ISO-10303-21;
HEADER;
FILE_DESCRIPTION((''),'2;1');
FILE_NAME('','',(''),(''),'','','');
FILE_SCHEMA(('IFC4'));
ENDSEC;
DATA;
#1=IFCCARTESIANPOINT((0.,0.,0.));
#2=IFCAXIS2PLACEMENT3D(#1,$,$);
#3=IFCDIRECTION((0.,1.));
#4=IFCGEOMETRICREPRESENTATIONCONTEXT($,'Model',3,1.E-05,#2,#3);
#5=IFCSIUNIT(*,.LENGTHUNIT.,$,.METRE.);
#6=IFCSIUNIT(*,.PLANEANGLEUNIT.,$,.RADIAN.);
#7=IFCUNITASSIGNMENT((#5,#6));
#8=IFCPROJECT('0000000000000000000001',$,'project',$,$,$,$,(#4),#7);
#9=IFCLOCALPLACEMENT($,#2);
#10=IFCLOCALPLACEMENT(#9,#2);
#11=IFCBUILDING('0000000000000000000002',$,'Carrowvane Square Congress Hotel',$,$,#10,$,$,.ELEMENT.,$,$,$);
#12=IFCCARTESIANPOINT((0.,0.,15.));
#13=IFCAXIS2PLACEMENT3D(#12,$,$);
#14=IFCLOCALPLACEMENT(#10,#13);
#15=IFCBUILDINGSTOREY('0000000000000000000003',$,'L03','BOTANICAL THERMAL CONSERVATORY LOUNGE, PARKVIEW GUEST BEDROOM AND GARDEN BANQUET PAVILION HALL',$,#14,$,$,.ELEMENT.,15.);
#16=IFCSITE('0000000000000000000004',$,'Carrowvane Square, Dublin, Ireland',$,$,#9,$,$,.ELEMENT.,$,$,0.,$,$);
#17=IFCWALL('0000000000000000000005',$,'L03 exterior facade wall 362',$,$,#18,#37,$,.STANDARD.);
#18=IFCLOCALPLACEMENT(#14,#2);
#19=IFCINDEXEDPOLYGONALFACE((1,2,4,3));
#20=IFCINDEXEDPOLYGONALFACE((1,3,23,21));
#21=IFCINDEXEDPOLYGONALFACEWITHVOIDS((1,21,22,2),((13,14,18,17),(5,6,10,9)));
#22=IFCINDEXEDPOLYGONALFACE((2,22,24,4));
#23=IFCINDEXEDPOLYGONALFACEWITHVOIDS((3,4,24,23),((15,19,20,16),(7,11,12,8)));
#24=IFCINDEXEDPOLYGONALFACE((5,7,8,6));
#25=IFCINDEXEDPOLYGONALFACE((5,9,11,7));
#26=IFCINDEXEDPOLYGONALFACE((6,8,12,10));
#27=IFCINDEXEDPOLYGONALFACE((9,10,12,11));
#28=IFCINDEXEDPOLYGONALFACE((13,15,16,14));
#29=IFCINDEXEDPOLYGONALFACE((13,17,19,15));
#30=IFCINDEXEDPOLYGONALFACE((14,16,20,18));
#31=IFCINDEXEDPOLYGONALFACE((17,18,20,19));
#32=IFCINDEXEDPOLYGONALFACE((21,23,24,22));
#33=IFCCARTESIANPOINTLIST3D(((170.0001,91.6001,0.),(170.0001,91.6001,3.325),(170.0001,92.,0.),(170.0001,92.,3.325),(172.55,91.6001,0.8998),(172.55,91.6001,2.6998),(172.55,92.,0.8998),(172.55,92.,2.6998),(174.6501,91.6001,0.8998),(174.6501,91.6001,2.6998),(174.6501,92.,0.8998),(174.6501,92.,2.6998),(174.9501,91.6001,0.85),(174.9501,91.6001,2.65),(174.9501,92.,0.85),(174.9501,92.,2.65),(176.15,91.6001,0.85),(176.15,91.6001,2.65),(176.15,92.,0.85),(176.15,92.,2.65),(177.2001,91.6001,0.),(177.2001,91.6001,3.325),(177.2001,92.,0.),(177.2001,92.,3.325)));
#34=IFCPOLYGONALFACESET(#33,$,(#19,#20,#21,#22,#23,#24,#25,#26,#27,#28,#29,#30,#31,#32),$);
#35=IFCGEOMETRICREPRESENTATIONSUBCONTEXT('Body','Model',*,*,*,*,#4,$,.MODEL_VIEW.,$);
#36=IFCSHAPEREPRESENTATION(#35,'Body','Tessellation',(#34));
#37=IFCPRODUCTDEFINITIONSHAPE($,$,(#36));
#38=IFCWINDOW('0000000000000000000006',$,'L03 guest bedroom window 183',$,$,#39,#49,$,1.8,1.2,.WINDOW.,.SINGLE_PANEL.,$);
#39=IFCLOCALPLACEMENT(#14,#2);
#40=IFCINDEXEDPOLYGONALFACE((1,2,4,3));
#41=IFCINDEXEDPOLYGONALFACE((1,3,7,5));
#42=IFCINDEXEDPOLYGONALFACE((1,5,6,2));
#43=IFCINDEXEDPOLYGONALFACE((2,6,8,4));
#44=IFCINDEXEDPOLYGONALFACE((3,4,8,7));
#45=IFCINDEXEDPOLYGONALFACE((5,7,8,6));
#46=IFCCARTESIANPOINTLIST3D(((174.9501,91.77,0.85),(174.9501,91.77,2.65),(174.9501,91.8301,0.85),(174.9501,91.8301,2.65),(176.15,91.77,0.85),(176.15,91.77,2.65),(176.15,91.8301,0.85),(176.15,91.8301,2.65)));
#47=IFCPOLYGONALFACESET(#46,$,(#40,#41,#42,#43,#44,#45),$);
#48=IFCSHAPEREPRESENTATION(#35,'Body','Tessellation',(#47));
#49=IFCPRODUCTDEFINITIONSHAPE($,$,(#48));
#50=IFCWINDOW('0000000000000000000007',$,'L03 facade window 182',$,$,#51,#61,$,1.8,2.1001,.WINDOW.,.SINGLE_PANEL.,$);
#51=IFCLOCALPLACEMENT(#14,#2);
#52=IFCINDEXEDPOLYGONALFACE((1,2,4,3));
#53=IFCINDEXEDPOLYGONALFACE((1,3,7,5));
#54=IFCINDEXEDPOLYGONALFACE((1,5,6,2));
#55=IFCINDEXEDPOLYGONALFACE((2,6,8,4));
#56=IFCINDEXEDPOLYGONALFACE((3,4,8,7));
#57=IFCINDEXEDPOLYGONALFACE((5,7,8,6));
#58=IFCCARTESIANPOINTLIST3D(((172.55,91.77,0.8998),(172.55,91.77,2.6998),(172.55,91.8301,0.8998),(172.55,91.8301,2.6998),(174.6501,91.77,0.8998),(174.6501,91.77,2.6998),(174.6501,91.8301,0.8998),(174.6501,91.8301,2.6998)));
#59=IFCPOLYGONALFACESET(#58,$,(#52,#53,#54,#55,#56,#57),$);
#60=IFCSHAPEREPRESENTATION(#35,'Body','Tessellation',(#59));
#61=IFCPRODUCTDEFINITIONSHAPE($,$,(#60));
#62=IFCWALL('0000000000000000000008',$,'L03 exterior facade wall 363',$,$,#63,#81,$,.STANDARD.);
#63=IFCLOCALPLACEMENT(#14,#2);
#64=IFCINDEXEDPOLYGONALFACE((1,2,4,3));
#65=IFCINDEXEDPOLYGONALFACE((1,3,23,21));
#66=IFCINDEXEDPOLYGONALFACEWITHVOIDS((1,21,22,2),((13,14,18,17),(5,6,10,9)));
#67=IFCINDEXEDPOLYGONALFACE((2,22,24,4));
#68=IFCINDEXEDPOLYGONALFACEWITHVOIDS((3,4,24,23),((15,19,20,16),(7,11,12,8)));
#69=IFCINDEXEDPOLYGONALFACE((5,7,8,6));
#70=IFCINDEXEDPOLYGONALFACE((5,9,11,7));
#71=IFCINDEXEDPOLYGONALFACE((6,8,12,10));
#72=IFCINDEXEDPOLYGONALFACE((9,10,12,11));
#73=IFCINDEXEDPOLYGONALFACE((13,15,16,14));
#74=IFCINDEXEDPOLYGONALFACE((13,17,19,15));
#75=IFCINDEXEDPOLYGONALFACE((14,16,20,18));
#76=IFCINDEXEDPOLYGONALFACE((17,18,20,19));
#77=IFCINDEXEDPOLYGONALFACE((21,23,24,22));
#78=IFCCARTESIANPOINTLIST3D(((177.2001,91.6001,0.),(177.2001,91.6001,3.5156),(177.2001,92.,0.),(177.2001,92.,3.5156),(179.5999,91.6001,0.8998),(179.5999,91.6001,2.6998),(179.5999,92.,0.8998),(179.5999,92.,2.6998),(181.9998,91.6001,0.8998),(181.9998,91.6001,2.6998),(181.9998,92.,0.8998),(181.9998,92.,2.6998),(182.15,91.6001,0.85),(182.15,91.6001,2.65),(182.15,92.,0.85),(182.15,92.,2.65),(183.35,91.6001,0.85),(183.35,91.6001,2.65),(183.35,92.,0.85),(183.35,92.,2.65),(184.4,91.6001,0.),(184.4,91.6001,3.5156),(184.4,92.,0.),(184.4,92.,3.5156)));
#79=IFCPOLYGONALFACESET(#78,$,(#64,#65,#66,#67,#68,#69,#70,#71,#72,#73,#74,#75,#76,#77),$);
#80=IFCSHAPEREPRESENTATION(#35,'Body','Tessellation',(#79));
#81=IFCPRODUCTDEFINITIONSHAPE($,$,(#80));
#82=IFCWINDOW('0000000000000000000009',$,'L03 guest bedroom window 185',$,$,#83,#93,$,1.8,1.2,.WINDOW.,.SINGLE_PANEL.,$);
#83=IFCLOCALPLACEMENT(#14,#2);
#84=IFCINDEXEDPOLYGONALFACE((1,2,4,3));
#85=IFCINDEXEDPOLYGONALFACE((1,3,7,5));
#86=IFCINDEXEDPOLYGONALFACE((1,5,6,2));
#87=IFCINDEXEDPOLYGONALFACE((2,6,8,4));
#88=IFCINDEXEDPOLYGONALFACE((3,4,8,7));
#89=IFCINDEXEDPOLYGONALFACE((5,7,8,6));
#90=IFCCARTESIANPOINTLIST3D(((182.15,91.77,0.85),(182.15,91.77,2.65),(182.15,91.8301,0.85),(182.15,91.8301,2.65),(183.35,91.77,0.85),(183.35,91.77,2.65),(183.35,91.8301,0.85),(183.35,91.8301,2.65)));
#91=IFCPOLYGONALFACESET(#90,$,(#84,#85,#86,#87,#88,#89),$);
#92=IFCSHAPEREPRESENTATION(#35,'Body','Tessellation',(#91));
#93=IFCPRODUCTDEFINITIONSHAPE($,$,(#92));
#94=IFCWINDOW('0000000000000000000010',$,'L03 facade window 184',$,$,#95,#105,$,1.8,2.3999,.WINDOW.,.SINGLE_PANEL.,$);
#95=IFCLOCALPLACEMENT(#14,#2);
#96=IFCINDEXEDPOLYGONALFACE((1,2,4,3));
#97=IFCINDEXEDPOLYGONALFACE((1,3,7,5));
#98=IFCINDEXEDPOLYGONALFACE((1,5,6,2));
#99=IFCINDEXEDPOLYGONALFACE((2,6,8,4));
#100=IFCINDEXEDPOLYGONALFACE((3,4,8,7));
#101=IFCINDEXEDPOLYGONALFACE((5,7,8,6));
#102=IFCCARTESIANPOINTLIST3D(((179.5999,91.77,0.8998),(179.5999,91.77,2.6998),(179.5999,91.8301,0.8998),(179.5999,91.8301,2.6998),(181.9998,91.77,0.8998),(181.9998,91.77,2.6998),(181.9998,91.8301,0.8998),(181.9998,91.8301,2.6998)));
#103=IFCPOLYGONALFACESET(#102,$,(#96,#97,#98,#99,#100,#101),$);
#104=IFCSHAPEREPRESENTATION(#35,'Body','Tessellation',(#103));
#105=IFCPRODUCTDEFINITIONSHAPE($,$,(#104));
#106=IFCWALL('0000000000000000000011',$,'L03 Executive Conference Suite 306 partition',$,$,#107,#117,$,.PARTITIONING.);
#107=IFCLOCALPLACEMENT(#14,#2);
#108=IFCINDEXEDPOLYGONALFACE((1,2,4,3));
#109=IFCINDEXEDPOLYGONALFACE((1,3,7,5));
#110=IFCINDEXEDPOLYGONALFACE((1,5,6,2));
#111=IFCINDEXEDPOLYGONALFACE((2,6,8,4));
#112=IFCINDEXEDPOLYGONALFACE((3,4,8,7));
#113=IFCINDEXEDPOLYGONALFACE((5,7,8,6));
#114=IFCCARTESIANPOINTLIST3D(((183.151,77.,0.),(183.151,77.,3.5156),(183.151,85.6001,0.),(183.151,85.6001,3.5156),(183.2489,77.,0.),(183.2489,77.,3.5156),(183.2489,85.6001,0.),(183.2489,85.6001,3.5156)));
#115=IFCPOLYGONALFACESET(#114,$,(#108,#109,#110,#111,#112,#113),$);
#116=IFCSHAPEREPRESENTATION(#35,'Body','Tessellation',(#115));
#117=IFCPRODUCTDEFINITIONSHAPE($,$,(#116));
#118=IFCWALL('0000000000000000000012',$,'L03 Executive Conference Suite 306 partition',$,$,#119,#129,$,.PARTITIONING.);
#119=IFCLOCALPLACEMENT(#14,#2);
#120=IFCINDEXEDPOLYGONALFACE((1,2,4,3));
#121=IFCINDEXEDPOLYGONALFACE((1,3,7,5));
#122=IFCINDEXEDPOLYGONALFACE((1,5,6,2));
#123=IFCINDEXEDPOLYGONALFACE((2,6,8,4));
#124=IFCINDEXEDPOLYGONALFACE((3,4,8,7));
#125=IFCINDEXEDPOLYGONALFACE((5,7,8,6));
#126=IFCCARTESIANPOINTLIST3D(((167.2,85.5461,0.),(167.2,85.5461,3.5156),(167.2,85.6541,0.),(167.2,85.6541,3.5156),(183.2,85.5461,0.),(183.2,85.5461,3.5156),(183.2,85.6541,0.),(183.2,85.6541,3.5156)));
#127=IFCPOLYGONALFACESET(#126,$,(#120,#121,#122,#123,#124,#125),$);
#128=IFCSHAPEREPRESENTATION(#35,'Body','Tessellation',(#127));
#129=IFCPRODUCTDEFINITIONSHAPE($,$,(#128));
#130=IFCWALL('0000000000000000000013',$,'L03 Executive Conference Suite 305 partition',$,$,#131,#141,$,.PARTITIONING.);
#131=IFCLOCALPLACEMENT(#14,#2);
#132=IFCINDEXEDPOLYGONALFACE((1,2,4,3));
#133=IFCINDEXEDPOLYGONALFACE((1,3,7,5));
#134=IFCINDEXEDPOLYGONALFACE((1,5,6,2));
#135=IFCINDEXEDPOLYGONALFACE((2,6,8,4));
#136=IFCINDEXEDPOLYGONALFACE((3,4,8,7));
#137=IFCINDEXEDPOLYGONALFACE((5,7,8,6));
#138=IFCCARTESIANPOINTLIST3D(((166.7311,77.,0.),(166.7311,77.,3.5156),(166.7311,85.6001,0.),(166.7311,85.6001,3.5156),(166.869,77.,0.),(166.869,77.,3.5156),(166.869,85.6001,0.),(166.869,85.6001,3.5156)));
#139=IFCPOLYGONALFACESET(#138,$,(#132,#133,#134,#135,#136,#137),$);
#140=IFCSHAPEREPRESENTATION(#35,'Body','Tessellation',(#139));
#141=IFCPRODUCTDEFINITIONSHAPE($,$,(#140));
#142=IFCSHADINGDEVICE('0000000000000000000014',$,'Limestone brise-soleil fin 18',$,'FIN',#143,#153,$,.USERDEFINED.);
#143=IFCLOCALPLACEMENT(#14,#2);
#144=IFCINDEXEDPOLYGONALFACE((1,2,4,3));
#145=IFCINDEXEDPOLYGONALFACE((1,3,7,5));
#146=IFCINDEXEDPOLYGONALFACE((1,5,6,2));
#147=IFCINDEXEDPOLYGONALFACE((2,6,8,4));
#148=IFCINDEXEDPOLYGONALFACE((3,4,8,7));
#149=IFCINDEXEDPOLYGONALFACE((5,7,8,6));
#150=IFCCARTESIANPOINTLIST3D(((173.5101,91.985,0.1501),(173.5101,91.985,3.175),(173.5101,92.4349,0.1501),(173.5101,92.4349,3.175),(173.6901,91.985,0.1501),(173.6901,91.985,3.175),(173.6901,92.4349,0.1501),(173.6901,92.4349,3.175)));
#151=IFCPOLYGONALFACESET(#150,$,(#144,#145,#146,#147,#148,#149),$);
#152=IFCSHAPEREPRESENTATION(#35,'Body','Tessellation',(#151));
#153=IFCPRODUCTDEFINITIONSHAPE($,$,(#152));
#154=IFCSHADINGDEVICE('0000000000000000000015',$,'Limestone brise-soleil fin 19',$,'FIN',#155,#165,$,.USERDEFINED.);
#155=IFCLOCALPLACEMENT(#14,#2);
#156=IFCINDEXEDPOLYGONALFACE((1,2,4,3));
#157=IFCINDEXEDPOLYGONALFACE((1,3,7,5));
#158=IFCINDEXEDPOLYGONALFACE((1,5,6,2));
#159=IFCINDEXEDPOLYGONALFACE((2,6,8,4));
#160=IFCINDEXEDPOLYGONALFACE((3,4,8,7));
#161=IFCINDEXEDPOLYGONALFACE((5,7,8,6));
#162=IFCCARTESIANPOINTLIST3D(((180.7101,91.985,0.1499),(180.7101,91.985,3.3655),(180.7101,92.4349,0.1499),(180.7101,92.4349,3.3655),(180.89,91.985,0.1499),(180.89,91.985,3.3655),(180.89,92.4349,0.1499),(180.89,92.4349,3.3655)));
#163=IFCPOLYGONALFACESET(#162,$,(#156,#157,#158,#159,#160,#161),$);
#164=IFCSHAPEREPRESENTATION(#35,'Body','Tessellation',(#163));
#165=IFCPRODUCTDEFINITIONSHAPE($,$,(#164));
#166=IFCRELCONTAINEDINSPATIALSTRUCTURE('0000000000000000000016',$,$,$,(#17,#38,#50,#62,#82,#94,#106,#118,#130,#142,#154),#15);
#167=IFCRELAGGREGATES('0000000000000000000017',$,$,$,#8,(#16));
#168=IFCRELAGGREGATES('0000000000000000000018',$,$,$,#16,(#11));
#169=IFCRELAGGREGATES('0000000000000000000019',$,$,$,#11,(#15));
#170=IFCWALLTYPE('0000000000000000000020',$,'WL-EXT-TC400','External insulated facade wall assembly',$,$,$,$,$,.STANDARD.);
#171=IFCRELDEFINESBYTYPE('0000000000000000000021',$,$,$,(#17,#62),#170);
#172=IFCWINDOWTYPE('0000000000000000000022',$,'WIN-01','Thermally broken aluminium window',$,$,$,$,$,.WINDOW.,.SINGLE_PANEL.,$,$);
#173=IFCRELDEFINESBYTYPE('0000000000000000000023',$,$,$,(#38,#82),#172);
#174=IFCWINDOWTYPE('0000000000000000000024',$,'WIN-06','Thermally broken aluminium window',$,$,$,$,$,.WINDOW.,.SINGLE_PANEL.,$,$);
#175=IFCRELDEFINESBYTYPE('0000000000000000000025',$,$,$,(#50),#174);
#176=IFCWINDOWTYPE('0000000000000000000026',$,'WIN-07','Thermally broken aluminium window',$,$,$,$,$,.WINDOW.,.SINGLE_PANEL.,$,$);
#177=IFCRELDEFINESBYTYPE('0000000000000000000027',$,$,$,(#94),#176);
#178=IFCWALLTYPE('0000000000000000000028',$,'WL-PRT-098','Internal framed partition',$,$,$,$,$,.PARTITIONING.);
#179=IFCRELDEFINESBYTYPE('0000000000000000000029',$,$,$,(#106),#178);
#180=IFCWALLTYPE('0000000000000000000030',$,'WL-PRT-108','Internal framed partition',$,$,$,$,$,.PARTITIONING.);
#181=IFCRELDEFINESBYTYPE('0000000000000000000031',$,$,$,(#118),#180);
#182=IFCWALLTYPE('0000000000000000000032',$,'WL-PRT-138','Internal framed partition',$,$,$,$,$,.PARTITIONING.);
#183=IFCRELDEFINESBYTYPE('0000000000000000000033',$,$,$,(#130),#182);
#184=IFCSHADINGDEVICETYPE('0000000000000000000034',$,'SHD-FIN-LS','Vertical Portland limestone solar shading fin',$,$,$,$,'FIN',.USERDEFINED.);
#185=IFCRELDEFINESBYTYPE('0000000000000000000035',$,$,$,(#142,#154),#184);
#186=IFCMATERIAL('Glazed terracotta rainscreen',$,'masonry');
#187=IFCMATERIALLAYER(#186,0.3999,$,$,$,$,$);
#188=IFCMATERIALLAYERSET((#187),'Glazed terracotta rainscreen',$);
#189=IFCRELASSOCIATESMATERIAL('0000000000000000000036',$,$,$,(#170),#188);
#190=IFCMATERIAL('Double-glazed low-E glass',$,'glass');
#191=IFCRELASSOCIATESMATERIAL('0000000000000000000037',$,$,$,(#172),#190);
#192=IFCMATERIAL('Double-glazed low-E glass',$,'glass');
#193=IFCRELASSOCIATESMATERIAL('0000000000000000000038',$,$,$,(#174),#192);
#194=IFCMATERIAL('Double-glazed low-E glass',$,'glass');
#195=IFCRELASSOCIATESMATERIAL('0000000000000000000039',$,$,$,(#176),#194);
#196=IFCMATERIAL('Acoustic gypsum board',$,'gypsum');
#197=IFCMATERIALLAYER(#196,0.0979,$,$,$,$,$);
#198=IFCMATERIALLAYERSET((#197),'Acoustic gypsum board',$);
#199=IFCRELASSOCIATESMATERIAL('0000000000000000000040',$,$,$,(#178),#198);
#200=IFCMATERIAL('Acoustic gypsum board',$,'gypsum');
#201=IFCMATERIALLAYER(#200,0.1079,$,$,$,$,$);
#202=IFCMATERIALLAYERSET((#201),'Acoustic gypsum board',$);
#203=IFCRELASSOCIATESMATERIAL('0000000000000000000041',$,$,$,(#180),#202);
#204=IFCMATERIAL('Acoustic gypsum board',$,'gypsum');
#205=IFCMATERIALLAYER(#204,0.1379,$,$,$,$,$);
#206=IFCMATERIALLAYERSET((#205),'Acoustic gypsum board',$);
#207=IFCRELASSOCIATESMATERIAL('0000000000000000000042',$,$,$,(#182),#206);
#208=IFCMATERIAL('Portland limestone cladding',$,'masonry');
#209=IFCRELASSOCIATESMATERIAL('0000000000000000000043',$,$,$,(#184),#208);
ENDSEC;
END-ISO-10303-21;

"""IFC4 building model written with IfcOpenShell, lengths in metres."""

from ifc_helpers import new_model, si_unit, direction, frame, frame_2d, origin, origin_2d, place, context, subcontext, project, spatial, rectangle, extrude, material, layer, layer_set, type_object, element, fill, save


model = new_model("IFC4")

# Units and contexts
model_context = context("Model", 3, precision=1e-05, world=origin(), true_north=direction((0.0, 1.0)))
body_context = subcontext(model_context, "Body", "Model", "MODEL_VIEW")
ifc_project = project(units=[si_unit("LENGTHUNIT", "METRE"), si_unit("PLANEANGLEUNIT", "RADIAN")], contexts=[model_context])

# Site, building, storey
site_placement = place(None, origin())
site = spatial("IfcSite", under=ifc_project, at=site_placement, Name="Carrowvane Square, Dublin, Ireland", CompositionType="ELEMENT", RefElevation=0.0)
building_placement = place(site_placement, origin())
building = spatial("IfcBuilding", under=site, at=building_placement, Name="Carrowvane Square Congress Hotel", CompositionType="ELEMENT")
storey_placement = place(building_placement, frame((0.0, 0.0, 15.0)))
storey = spatial("IfcBuildingStorey", under=building, at=storey_placement, Name="L03", Description="BOTANICAL THERMAL CONSERVATORY LOUNGE, PARKVIEW GUEST BEDROOM AND GARDEN BANQUET PAVILION HALL", CompositionType="ELEMENT", Elevation=15.0)

# Walls, openings, windows
ifc_material_1 = material(Name="Glazed terracotta rainscreen", Category="masonry")
ifc_layer_1 = layer(ifc_material_1, 0.3999)
ifc_layer_set_1 = layer_set([ifc_layer_1], Name="Glazed terracotta rainscreen")
wall_type_1 = type_object("IfcWallType", Name="WL-EXT-TC400", Description="External insulated facade wall assembly", PredefinedType="STANDARD", material=ifc_layer_set_1)
wall_1_placement = place(storey_placement, frame((170.0, 91.8, 0.0), z_axis=(0.0, 0.0, 1.0), x_axis=(1.0, 0.0, 0.0)))
wall_1 = element("IfcWall", 1, at=wall_1_placement, inside=storey, type_object=wall_type_1, Name="L03 exterior facade wall 362", PredefinedType="STANDARD", context=body_context, shape_type="SweptSolid", body=[
    extrude(rectangle(XDim=7.2, YDim=0.3999, at=frame_2d((3.6001, 0.0))), origin(), (0.0, 0.0, 1.0), 3.325),
])
opening_1_placement = place(wall_1_placement, frame((2.55, 0.0, 0.8999)))
opening_1 = element("IfcOpeningElement", 2, at=opening_1_placement, cuts=wall_1, PredefinedType="OPENING", context=body_context, shape_type="SweptSolid", body=[
    extrude(rectangle(XDim=2.1001, YDim=1.8, at=frame_2d((1.05, 0.8999))), frame((0.0, 0.21, 0.0), z_axis=(0.0, -1.0, 0.0), x_axis=(1.0, 0.0, 0.0)), (0.0, 0.0, 1.0), 0.4199),
])
opening_2_placement = place(wall_1_placement, frame((4.95, 0.0, 0.8501)))
opening_2 = element("IfcOpeningElement", 3, at=opening_2_placement, cuts=wall_1, PredefinedType="OPENING", context=body_context, shape_type="SweptSolid", body=[
    extrude(rectangle(XDim=1.2, YDim=1.8, at=frame_2d((0.6001, 0.8999))), frame((0.0, 0.21, 0.0), z_axis=(0.0, -1.0, 0.0), x_axis=(1.0, 0.0, 0.0)), (0.0, 0.0, 1.0), 0.4199),
])
ifc_material_2 = material(Name="Double-glazed low-E glass", Category="glass")
window_type_1 = type_object("IfcWindowType", Name="WIN-01", Description="Thermally broken aluminium window", PartitioningType="SINGLE_PANEL", PredefinedType="WINDOW", material=ifc_material_2)
window_1_placement = place(opening_2_placement, origin())
window_1 = element("IfcWindow", 4, at=window_1_placement, inside=storey, type_object=window_type_1, Name="L03 guest bedroom window 183", OverallHeight=1.8, OverallWidth=1.2, PartitioningType="SINGLE_PANEL", PredefinedType="WINDOW", context=body_context, shape_type="SweptSolid", body=[
    extrude(rectangle(XDim=1.2, YDim=1.8, at=frame_2d((0.6001, 0.8999))), frame((0.0, 0.03, 0.0), z_axis=(0.0, -1.0, 0.0), x_axis=(1.0, 0.0, 0.0)), (0.0, 0.0, 1.0), 0.0601),
])
fill(opening_2, window_1)
ifc_material_3 = material(Name="Double-glazed low-E glass", Category="glass")
window_type_2 = type_object("IfcWindowType", Name="WIN-06", Description="Thermally broken aluminium window", PartitioningType="SINGLE_PANEL", PredefinedType="WINDOW", material=ifc_material_3)
window_2_placement = place(opening_1_placement, origin())
window_2 = element("IfcWindow", 5, at=window_2_placement, inside=storey, type_object=window_type_2, Name="L03 facade window 182", OverallHeight=1.8, OverallWidth=2.1001, PartitioningType="SINGLE_PANEL", PredefinedType="WINDOW", context=body_context, shape_type="SweptSolid", body=[
    extrude(rectangle(XDim=2.1001, YDim=1.8, at=frame_2d((1.05, 0.8999))), frame((0.0, 0.03, 0.0), z_axis=(0.0, -1.0, 0.0), x_axis=(1.0, 0.0, 0.0)), (0.0, 0.0, 1.0), 0.0601),
])
fill(opening_1, window_2)
wall_2_placement = place(storey_placement, frame((177.2, 91.8, 0.0), z_axis=(0.0, 0.0, 1.0), x_axis=(1.0, 0.0, 0.0)))
wall_2 = element("IfcWall", 6, at=wall_2_placement, inside=storey, type_object=wall_type_1, Name="L03 exterior facade wall 363", PredefinedType="STANDARD", context=body_context, shape_type="SweptSolid", body=[
    extrude(rectangle(XDim=7.2, YDim=0.3999, at=frame_2d((3.6001, 0.0))), origin(), (0.0, 0.0, 1.0), 3.5156),
])
opening_3_placement = place(wall_2_placement, frame((2.3999, 0.0, 0.8999)))
opening_3 = element("IfcOpeningElement", 7, at=opening_3_placement, cuts=wall_2, PredefinedType="OPENING", context=body_context, shape_type="SweptSolid", body=[
    extrude(rectangle(XDim=2.3999, YDim=1.8, at=frame_2d((1.2, 0.8999))), frame((0.0, 0.21, 0.0), z_axis=(0.0, -1.0, 0.0), x_axis=(1.0, 0.0, 0.0)), (0.0, 0.0, 1.0), 0.4199),
])
opening_4_placement = place(wall_2_placement, frame((4.95, 0.0, 0.8501)))
opening_4 = element("IfcOpeningElement", 8, at=opening_4_placement, cuts=wall_2, PredefinedType="OPENING", context=body_context, shape_type="SweptSolid", body=[
    extrude(rectangle(XDim=1.2, YDim=1.8, at=frame_2d((0.6001, 0.8999))), frame((0.0, 0.21, 0.0), z_axis=(0.0, -1.0, 0.0), x_axis=(1.0, 0.0, 0.0)), (0.0, 0.0, 1.0), 0.4199),
])
window_3_placement = place(opening_4_placement, origin())
window_3 = element("IfcWindow", 9, at=window_3_placement, inside=storey, type_object=window_type_1, Name="L03 guest bedroom window 185", OverallHeight=1.8, OverallWidth=1.2, PartitioningType="SINGLE_PANEL", PredefinedType="WINDOW", context=body_context, shape_type="SweptSolid", body=[
    extrude(rectangle(XDim=1.2, YDim=1.8, at=frame_2d((0.6001, 0.8999))), frame((0.0, 0.03, 0.0), z_axis=(0.0, -1.0, 0.0), x_axis=(1.0, 0.0, 0.0)), (0.0, 0.0, 1.0), 0.0601),
])
fill(opening_4, window_3)
ifc_material_4 = material(Name="Double-glazed low-E glass", Category="glass")
window_type_3 = type_object("IfcWindowType", Name="WIN-07", Description="Thermally broken aluminium window", PartitioningType="SINGLE_PANEL", PredefinedType="WINDOW", material=ifc_material_4)
window_4_placement = place(opening_3_placement, origin())
window_4 = element("IfcWindow", 10, at=window_4_placement, inside=storey, type_object=window_type_3, Name="L03 facade window 184", OverallHeight=1.8, OverallWidth=2.3999, PartitioningType="SINGLE_PANEL", PredefinedType="WINDOW", context=body_context, shape_type="SweptSolid", body=[
    extrude(rectangle(XDim=2.3999, YDim=1.8, at=frame_2d((1.2, 0.8999))), frame((0.0, 0.03, 0.0), z_axis=(0.0, -1.0, 0.0), x_axis=(1.0, 0.0, 0.0)), (0.0, 0.0, 1.0), 0.0601),
])
fill(opening_3, window_4)

# Walls
ifc_material_5 = material(Name="Acoustic gypsum board", Category="gypsum")
ifc_layer_2 = layer(ifc_material_5, 0.0979)
ifc_layer_set_2 = layer_set([ifc_layer_2], Name="Acoustic gypsum board")
wall_type_2 = type_object("IfcWallType", Name="WL-PRT-098", Description="Internal framed partition", PredefinedType="PARTITIONING", material=ifc_layer_set_2)
wall_3_placement = place(storey_placement, frame((183.2, 85.6001, 0.0), z_axis=(0.0, 0.0, 1.0), x_axis=(0.0, -1.0, 0.0)))
element("IfcWall", 11, at=wall_3_placement, inside=storey, type_object=wall_type_2, Name="L03 Executive Conference Suite 306 partition", PredefinedType="PARTITIONING", context=body_context, shape_type="SweptSolid", body=[
    extrude(rectangle(XDim=8.6001, YDim=0.0979, at=frame_2d((4.3, 0.0))), origin(), (0.0, 0.0, 1.0), 3.5156),
])
ifc_material_6 = material(Name="Acoustic gypsum board", Category="gypsum")
ifc_layer_3 = layer(ifc_material_6, 0.1079)
ifc_layer_set_3 = layer_set([ifc_layer_3], Name="Acoustic gypsum board")
wall_type_3 = type_object("IfcWallType", Name="WL-PRT-108", Description="Internal framed partition", PredefinedType="PARTITIONING", material=ifc_layer_set_3)
wall_4_placement = place(storey_placement, frame((167.2, 85.6001, 0.0), z_axis=(0.0, 0.0, 1.0), x_axis=(1.0, 0.0, 0.0)))
element("IfcWall", 12, at=wall_4_placement, inside=storey, type_object=wall_type_3, Name="L03 Executive Conference Suite 306 partition", PredefinedType="PARTITIONING", context=body_context, shape_type="SweptSolid", body=[
    extrude(rectangle(XDim=16.0, YDim=0.1079, at=frame_2d((8.0, 0.0))), origin(), (0.0, 0.0, 1.0), 3.5156),
])
ifc_material_7 = material(Name="Acoustic gypsum board", Category="gypsum")
ifc_layer_4 = layer(ifc_material_7, 0.1379)
ifc_layer_set_4 = layer_set([ifc_layer_4], Name="Acoustic gypsum board")
wall_type_4 = type_object("IfcWallType", Name="WL-PRT-138", Description="Internal framed partition", PredefinedType="PARTITIONING", material=ifc_layer_set_4)
wall_5_placement = place(storey_placement, frame((166.8, 85.6001, 0.0), z_axis=(0.0, 0.0, 1.0), x_axis=(0.0, -1.0, 0.0)))
element("IfcWall", 13, at=wall_5_placement, inside=storey, type_object=wall_type_4, Name="L03 Executive Conference Suite 305 partition", PredefinedType="PARTITIONING", context=body_context, shape_type="SweptSolid", body=[
    extrude(rectangle(XDim=8.6001, YDim=0.1379, at=frame_2d((4.3, 0.0))), origin(), (0.0, 0.0, 1.0), 3.5156),
])

# Shading devices
ifc_material_8 = material(Name="Portland limestone cladding", Category="masonry")
shading_device_type = type_object("IfcShadingDeviceType", Name="SHD-FIN-LS", Description="Vertical Portland limestone solar shading fin", ElementType="FIN", PredefinedType="USERDEFINED", material=ifc_material_8)
shading_device_1_placement = place(storey_placement, frame((173.6001, 92.21, 0.1501), z_axis=(0.0, 0.0, 1.0), x_axis=(1.0, 0.0, 0.0)))
element("IfcShadingDevice", 14, at=shading_device_1_placement, inside=storey, type_object=shading_device_type, Name="Limestone brise-soleil fin 18", ObjectType="FIN", PredefinedType="USERDEFINED", context=body_context, shape_type="SweptSolid", body=[
    extrude(rectangle(XDim=0.1799, YDim=0.45, at=origin_2d()), origin(), (0.0, 0.0, 1.0), 3.0249),
])
shading_device_2_placement = place(storey_placement, frame((180.8, 92.21, 0.1499), z_axis=(0.0, 0.0, 1.0), x_axis=(1.0, 0.0, 0.0)))
element("IfcShadingDevice", 15, at=shading_device_2_placement, inside=storey, type_object=shading_device_type, Name="Limestone brise-soleil fin 19", ObjectType="FIN", PredefinedType="USERDEFINED", context=body_context, shape_type="SweptSolid", body=[
    extrude(rectangle(XDim=0.1799, YDim=0.45, at=origin_2d()), origin(), (0.0, 0.0, 1.0), 3.2156),
])

save(model, "model.ifc")
